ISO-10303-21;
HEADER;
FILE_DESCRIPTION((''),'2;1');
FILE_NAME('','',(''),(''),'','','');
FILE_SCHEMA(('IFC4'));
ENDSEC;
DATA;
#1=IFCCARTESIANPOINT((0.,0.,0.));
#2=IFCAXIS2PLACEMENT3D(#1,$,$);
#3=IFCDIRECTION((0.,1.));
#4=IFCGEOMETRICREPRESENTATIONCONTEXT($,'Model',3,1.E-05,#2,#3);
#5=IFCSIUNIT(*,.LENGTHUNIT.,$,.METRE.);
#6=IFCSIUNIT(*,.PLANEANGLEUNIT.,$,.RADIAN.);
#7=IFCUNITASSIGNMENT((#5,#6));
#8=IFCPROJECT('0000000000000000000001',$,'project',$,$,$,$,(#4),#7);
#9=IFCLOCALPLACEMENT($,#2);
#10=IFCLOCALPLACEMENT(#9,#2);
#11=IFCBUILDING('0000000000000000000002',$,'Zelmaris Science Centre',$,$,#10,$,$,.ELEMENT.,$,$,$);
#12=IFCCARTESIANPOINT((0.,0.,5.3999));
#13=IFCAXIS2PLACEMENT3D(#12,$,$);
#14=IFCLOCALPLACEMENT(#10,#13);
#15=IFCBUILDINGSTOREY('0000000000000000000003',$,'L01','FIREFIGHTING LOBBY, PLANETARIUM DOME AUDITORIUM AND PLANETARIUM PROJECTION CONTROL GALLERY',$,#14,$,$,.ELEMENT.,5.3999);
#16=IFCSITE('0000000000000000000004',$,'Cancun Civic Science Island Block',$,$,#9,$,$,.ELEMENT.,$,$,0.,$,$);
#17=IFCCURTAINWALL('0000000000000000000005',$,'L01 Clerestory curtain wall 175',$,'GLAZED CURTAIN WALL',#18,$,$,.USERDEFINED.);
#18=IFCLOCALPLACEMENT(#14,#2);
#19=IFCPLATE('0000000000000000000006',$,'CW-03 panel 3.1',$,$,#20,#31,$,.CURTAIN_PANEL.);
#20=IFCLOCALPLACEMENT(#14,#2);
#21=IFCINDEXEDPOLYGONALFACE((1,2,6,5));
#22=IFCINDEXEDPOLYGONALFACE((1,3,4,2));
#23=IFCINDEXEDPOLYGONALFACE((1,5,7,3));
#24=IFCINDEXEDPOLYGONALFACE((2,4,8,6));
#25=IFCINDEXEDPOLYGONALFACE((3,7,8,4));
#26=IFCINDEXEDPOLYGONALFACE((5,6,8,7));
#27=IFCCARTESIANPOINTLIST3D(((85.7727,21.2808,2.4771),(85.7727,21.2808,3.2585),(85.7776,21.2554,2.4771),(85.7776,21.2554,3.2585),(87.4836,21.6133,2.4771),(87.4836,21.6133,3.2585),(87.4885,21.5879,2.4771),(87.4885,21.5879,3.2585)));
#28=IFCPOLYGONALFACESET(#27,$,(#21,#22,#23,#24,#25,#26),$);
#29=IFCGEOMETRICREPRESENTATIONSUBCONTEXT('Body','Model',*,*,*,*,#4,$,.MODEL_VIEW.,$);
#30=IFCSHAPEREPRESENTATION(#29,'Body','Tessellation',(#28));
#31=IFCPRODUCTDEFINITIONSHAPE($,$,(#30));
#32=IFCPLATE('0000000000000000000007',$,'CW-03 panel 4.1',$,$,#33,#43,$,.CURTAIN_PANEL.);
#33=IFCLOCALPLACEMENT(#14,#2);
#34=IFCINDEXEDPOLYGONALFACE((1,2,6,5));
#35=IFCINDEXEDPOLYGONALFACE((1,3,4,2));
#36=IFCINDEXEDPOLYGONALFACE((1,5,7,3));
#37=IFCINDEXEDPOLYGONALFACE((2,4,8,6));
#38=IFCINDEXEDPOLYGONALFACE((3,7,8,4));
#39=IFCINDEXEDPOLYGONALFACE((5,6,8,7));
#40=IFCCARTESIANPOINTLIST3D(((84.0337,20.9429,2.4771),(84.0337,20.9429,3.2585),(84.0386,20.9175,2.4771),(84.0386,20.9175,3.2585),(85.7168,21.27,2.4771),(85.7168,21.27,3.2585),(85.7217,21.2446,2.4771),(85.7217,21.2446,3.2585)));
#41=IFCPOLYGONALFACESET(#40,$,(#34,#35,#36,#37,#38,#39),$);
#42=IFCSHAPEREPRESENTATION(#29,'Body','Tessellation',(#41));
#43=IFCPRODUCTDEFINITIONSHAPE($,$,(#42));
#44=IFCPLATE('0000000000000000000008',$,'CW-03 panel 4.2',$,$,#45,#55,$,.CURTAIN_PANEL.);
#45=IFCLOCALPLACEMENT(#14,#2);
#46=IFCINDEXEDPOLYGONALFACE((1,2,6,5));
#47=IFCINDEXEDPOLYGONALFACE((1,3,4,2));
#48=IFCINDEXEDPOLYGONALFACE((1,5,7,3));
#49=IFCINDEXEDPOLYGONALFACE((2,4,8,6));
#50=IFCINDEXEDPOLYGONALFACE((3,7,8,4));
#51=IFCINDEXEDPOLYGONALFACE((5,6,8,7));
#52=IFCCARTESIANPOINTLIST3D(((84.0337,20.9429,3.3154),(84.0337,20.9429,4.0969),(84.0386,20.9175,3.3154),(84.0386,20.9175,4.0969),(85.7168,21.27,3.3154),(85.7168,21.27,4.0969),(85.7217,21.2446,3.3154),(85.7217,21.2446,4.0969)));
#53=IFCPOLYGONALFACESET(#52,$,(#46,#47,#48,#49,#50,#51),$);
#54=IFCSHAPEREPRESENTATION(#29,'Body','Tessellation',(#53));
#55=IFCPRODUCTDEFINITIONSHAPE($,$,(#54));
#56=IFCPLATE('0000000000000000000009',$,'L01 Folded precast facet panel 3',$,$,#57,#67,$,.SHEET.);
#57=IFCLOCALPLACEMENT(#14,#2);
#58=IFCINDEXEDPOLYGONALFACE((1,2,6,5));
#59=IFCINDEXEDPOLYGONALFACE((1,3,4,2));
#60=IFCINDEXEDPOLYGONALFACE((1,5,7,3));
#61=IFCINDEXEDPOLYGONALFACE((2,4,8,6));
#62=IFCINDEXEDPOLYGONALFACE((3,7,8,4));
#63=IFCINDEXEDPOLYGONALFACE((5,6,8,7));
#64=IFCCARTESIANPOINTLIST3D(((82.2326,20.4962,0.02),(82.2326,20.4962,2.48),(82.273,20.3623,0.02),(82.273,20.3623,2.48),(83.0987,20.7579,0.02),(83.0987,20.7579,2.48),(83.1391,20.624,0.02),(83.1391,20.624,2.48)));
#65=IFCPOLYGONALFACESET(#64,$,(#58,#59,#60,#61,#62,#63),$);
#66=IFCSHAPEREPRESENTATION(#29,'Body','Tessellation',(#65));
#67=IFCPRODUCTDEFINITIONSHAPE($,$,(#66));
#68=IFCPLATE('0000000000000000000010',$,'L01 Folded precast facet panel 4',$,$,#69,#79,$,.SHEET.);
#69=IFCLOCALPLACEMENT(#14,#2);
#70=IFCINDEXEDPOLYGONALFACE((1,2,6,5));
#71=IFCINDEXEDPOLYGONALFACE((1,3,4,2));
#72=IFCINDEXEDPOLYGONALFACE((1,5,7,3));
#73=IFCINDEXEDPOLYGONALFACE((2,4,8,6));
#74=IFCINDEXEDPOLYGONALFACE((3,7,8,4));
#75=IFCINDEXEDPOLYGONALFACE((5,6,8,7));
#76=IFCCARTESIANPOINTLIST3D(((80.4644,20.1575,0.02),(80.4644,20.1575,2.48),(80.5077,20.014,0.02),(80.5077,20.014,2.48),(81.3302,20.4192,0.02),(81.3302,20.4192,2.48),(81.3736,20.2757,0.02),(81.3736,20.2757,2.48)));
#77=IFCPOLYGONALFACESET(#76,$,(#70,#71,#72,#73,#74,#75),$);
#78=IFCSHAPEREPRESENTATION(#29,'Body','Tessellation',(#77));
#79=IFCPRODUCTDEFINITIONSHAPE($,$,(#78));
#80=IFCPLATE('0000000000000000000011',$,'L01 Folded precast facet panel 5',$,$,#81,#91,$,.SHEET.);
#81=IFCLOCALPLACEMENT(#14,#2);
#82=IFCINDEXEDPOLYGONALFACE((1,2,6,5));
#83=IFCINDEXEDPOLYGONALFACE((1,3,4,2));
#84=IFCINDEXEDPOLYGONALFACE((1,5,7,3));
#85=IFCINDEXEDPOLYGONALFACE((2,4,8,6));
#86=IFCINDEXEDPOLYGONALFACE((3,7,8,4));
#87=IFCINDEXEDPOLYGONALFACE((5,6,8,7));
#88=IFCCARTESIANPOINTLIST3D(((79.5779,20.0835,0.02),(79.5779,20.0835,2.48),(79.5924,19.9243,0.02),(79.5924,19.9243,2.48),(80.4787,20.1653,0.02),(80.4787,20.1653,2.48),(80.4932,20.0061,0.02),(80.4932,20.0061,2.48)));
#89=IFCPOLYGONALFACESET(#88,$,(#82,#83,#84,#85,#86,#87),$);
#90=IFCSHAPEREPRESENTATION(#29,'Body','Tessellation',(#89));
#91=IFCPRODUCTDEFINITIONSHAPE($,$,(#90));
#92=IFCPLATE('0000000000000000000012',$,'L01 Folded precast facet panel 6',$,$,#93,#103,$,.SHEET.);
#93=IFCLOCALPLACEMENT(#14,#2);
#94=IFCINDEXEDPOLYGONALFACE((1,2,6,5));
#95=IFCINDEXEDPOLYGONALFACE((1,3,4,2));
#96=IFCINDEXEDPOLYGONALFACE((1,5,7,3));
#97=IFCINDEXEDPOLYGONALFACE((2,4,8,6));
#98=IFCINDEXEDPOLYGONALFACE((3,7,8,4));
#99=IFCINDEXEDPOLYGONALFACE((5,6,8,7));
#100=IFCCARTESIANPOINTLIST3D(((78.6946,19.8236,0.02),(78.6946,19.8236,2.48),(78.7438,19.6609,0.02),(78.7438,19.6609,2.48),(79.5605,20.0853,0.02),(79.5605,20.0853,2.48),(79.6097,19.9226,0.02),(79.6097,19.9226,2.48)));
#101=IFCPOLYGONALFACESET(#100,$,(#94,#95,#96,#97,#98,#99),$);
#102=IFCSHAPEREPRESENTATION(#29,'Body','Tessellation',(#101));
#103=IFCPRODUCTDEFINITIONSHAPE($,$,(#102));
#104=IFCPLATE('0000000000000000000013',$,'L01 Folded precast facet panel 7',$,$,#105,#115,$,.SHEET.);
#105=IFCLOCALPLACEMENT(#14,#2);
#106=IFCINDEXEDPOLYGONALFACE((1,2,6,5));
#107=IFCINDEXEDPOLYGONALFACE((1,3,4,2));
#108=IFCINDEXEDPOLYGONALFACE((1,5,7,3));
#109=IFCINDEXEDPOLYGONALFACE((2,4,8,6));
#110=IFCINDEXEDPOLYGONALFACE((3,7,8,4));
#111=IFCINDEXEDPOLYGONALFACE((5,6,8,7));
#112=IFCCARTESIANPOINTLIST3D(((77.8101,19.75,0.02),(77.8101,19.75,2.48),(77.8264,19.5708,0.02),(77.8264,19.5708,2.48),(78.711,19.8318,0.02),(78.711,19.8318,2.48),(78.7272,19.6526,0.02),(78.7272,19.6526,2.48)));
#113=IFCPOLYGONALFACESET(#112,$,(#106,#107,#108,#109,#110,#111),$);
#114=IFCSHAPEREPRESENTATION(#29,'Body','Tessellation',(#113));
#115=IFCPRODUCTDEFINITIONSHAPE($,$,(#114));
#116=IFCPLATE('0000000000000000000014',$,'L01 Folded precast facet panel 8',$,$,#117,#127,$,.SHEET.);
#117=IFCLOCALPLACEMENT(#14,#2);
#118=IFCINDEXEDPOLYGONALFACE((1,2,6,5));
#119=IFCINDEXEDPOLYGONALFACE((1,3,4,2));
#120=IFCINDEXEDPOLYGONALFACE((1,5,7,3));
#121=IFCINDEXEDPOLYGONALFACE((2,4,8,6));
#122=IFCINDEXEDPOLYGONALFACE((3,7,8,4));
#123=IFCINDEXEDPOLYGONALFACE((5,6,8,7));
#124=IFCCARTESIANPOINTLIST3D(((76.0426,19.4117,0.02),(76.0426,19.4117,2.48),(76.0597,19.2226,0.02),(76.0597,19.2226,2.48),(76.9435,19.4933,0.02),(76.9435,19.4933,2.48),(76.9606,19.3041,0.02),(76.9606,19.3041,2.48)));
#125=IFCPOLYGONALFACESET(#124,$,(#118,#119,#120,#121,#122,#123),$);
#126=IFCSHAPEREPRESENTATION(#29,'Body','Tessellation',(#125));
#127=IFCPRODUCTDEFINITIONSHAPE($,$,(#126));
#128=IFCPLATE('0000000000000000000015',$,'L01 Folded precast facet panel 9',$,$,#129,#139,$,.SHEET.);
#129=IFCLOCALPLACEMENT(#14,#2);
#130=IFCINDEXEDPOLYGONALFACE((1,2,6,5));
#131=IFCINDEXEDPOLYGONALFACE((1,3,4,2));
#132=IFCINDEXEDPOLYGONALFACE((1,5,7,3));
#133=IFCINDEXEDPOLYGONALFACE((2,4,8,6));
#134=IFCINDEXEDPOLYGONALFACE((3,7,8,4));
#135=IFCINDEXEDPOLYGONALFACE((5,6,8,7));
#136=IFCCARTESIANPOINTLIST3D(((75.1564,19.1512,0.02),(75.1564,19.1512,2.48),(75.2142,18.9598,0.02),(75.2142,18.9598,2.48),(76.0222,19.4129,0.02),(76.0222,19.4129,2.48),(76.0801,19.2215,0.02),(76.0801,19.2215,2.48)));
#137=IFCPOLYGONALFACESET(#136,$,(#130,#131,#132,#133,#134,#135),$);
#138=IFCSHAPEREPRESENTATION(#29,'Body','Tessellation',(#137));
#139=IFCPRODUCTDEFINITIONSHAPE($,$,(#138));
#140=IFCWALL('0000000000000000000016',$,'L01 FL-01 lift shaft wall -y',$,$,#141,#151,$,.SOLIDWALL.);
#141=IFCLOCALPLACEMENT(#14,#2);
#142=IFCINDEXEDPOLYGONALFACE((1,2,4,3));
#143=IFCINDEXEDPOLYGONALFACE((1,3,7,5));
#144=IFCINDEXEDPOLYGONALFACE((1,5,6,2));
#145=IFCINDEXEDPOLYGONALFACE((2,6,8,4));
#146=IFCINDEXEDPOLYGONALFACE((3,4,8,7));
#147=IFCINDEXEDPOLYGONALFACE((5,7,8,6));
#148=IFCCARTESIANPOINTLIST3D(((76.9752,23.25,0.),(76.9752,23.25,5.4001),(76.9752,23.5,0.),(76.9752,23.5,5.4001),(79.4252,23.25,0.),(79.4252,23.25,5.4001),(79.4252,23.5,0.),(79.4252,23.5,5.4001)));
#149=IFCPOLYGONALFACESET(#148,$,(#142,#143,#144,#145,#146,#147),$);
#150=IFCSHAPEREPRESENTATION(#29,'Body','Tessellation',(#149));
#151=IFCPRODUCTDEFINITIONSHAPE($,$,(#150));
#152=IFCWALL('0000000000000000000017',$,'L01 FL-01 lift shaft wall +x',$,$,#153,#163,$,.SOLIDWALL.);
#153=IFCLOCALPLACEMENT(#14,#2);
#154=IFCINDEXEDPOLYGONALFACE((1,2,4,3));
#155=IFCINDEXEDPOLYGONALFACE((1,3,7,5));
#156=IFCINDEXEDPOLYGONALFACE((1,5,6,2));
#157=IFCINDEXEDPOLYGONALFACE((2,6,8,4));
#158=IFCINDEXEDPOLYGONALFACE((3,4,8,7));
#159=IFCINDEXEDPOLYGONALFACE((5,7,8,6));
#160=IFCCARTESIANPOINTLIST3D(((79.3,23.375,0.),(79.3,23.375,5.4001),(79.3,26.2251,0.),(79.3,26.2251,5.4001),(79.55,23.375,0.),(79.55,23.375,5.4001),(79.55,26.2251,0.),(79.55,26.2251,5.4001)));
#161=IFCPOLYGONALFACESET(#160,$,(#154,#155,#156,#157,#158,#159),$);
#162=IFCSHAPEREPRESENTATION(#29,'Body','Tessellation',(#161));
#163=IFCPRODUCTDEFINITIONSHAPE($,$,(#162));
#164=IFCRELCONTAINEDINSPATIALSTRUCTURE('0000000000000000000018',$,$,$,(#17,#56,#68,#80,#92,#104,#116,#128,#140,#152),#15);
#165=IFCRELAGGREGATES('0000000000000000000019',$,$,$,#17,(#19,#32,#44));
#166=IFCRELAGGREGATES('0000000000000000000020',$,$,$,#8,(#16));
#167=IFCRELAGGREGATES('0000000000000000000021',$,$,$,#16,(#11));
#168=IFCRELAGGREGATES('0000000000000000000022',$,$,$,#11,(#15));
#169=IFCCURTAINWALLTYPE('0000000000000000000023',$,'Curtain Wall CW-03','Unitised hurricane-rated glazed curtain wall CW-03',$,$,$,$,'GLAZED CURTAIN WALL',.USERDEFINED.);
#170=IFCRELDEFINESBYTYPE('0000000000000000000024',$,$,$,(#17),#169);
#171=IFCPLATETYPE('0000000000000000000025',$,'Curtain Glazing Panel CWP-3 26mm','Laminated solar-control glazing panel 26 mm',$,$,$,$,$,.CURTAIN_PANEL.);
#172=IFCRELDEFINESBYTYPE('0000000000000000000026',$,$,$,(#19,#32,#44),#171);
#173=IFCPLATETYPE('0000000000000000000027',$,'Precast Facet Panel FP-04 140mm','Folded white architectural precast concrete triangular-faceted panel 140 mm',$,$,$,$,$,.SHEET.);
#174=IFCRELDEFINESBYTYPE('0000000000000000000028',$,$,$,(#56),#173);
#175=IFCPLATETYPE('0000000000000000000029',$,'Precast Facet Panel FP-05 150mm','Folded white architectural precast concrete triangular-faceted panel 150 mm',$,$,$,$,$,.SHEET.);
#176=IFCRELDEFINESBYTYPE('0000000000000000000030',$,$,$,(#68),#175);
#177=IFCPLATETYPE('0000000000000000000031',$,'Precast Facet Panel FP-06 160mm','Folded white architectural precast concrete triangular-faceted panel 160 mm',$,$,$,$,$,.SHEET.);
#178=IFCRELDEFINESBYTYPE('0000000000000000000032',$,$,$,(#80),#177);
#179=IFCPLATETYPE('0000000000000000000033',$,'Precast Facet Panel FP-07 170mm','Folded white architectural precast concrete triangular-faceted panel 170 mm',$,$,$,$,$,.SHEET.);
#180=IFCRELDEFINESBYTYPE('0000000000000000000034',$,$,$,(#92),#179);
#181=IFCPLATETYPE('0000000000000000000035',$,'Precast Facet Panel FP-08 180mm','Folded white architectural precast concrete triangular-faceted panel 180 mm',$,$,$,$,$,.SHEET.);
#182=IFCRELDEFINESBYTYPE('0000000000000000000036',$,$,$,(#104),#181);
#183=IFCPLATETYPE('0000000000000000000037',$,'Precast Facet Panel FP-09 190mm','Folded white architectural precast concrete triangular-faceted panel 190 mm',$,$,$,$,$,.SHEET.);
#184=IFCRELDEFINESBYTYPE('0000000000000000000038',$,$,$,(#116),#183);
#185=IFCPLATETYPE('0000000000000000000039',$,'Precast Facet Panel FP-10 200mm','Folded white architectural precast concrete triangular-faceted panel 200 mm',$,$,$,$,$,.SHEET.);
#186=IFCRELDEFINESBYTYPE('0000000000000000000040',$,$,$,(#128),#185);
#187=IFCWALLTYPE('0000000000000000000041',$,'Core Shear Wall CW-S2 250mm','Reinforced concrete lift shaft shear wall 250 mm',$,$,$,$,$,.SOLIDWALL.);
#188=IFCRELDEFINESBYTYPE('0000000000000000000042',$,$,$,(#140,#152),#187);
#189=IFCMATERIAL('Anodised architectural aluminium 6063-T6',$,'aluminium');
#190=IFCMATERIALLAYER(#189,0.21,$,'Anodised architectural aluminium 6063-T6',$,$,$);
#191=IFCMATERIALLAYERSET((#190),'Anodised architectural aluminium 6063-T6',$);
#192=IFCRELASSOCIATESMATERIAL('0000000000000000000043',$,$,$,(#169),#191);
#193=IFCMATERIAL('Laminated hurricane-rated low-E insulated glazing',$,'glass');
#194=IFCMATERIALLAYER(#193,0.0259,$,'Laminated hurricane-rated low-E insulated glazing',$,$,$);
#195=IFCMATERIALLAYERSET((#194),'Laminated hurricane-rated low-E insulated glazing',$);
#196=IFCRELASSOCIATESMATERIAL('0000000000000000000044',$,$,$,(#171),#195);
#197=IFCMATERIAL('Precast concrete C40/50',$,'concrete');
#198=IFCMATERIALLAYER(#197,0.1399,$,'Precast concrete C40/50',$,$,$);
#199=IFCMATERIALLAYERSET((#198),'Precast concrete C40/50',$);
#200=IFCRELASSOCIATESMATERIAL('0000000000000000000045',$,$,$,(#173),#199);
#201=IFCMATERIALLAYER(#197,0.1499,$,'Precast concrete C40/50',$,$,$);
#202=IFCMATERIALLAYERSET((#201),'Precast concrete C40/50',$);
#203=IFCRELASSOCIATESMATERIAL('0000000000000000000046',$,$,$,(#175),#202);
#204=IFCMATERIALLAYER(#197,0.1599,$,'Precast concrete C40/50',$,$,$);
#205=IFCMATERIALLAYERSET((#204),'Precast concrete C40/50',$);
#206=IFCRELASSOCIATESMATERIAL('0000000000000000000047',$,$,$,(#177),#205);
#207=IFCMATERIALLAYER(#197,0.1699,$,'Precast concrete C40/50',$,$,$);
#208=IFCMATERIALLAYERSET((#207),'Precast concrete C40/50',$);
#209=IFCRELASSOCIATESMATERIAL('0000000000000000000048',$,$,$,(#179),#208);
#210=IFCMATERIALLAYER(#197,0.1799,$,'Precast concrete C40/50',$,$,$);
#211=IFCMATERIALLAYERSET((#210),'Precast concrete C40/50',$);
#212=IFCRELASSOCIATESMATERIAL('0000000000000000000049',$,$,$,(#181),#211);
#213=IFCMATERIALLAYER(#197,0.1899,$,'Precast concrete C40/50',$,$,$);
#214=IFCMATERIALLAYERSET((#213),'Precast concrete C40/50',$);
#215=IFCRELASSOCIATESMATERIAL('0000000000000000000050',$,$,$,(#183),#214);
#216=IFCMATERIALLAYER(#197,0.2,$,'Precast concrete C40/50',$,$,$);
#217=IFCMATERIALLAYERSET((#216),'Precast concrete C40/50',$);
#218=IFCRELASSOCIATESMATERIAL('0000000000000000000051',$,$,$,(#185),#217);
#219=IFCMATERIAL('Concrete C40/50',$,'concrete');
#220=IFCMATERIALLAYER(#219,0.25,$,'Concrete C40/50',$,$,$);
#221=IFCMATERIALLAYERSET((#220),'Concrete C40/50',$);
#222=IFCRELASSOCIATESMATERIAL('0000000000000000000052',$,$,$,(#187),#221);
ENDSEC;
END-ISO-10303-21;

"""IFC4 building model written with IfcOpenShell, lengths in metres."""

from ifc_helpers import new_model, si_unit, direction, frame, frame_2d, origin, origin_2d, place, context, subcontext, project, spatial, rectangle, extrude, material, layer, layer_set, type_object, element, aggregate, save


model = new_model("IFC4")

# Units and contexts
model_context = context("Model", 3, precision=1e-05, world=origin(), true_north=direction((0.0, 1.0)))
body_context = subcontext(model_context, "Body", "Model", "MODEL_VIEW")
ifc_project = project(units=[si_unit("LENGTHUNIT", "METRE"), si_unit("PLANEANGLEUNIT", "RADIAN")], contexts=[model_context])

# Site, building, storey
site_placement = place(None, origin())
site = spatial("IfcSite", under=ifc_project, at=site_placement, Name="Cancun Civic Science Island Block", CompositionType="ELEMENT", RefElevation=0.0)
building_placement = place(site_placement, origin())
building = spatial("IfcBuilding", under=site, at=building_placement, Name="Zelmaris Science Centre", CompositionType="ELEMENT")
storey_placement = place(building_placement, frame((0.0, 0.0, 5.3999)))
storey = spatial("IfcBuildingStorey", under=building, at=storey_placement, Name="L01", Description="FIREFIGHTING LOBBY, PLANETARIUM DOME AUDITORIUM AND PLANETARIUM PROJECTION CONTROL GALLERY", CompositionType="ELEMENT", Elevation=5.3999)

# Curtain wall
ifc_material_1 = material(Name="Anodised architectural aluminium 6063-T6", Category="aluminium")
ifc_layer_1 = layer(ifc_material_1, 0.21, Name="Anodised architectural aluminium 6063-T6")
ifc_layer_set_1 = layer_set([ifc_layer_1], Name="Anodised architectural aluminium 6063-T6")
curtain_wall_type = type_object("IfcCurtainWallType", Name="Curtain Wall CW-03", Description="Unitised hurricane-rated glazed curtain wall CW-03", ElementType="GLAZED CURTAIN WALL", PredefinedType="USERDEFINED", material=ifc_layer_set_1)
curtain_wall_placement = place(storey_placement, origin())
curtain_wall = element("IfcCurtainWall", 1, at=curtain_wall_placement, inside=storey, type_object=curtain_wall_type, Name="L01 Clerestory curtain wall 175", ObjectType="GLAZED CURTAIN WALL", PredefinedType="USERDEFINED")

# Plates
ifc_material_2 = material(Name="Laminated hurricane-rated low-E insulated glazing", Category="glass")
ifc_layer_2 = layer(ifc_material_2, 0.0259, Name="Laminated hurricane-rated low-E insulated glazing")
ifc_layer_set_2 = layer_set([ifc_layer_2], Name="Laminated hurricane-rated low-E insulated glazing")
plate_type_1 = type_object("IfcPlateType", Name="Curtain Glazing Panel CWP-3 26mm", Description="Laminated solar-control glazing panel 26 mm", PredefinedType="CURTAIN_PANEL", material=ifc_layer_set_2)
plate_1_placement = place(storey_placement, frame((86.6306, 21.4343, 2.4771), z_axis=(0.0, 0.0, 1.0), x_axis=(-0.981631, -0.190792, 0.0)))
plate_1 = element("IfcPlate", 2, at=plate_1_placement, type_object=plate_type_1, Name="CW-03 panel 3.1", PredefinedType="CURTAIN_PANEL", context=body_context, shape_type="SweptSolid", body=[
    extrude(rectangle(XDim=1.7429, YDim=0.0259, at=origin_2d()), origin(), (0.0, 0.0, 1.0), 0.7815),
])
plate_2_placement = place(storey_placement, frame((84.8777, 21.0938, 2.4771), z_axis=(0.0, 0.0, 1.0), x_axis=(-0.981631, -0.190792, 0.0)))
plate_2 = element("IfcPlate", 3, at=plate_2_placement, type_object=plate_type_1, Name="CW-03 panel 4.1", PredefinedType="CURTAIN_PANEL", context=body_context, shape_type="SweptSolid", body=[
    extrude(rectangle(XDim=1.7146, YDim=0.0259, at=origin_2d()), origin(), (0.0, 0.0, 1.0), 0.7815),
])
plate_3_placement = place(storey_placement, frame((84.8777, 21.0938, 3.3154), z_axis=(0.0, 0.0, 1.0), x_axis=(-0.981631, -0.190792, 0.0)))
plate_3 = element("IfcPlate", 4, at=plate_3_placement, type_object=plate_type_1, Name="CW-03 panel 4.2", PredefinedType="CURTAIN_PANEL", context=body_context, shape_type="SweptSolid", body=[
    extrude(rectangle(XDim=1.7146, YDim=0.0259, at=origin_2d()), origin(), (0.0, 0.0, 1.0), 0.7815),
])
aggregate(curtain_wall, [plate_1, plate_2, plate_3])

# Plates
ifc_material_3 = material(Name="Precast concrete C40/50", Category="concrete")
ifc_layer_3 = layer(ifc_material_3, 0.1399, Name="Precast concrete C40/50")
ifc_layer_set_3 = layer_set([ifc_layer_3], Name="Precast concrete C40/50")
plate_type_2 = type_object("IfcPlateType", Name="Precast Facet Panel FP-04 140mm", Description="Folded white architectural precast concrete triangular-faceted panel 140 mm", PredefinedType="SHEET", material=ifc_layer_set_3)
plate_4_placement = place(storey_placement, frame((83.1189, 20.6909, 0.02), z_axis=(0.0, 0.0, 1.0), x_axis=(-0.95726, -0.289229, 0.0)))
element("IfcPlate", 5, at=plate_4_placement, inside=storey, type_object=plate_type_2, Name="L01 Folded precast facet panel 3", PredefinedType="SHEET", context=body_context, shape_type="SweptSolid", body=[
    extrude(rectangle(XDim=0.9048, YDim=0.1399, at=frame_2d((0.4524, 0.0))), origin(), (0.0, 0.0, 1.0), 2.46),
])
ifc_layer_4 = layer(ifc_material_3, 0.1499, Name="Precast concrete C40/50")
ifc_layer_set_4 = layer_set([ifc_layer_4], Name="Precast concrete C40/50")
plate_type_3 = type_object("IfcPlateType", Name="Precast Facet Panel FP-05 150mm", Description="Folded white architectural precast concrete triangular-faceted panel 150 mm", PredefinedType="SHEET", material=ifc_layer_set_4)
plate_5_placement = place(storey_placement, frame((81.3518, 20.3474, 0.02), z_axis=(0.0, 0.0, 1.0), x_axis=(-0.957238, -0.289303, 0.0)))
element("IfcPlate", 6, at=plate_5_placement, inside=storey, type_object=plate_type_3, Name="L01 Folded precast facet panel 4", PredefinedType="SHEET", context=body_context, shape_type="SweptSolid", body=[
    extrude(rectangle(XDim=0.9045, YDim=0.1499, at=frame_2d((0.4521, 0.0))), origin(), (0.0, 0.0, 1.0), 2.46),
])
ifc_layer_5 = layer(ifc_material_3, 0.1599, Name="Precast concrete C40/50")
ifc_layer_set_5 = layer_set([ifc_layer_5], Name="Precast concrete C40/50")
plate_type_4 = type_object("IfcPlateType", Name="Precast Facet Panel FP-06 160mm", Description="Folded white architectural precast concrete triangular-faceted panel 160 mm", PredefinedType="SHEET", material=ifc_layer_set_5)
plate_6_placement = place(storey_placement, frame((80.4858, 20.0857, 0.02), z_axis=(0.0, 0.0, 1.0), x_axis=(-0.995904, -0.090414, 0.0)))
element("IfcPlate", 7, at=plate_6_placement, inside=storey, type_object=plate_type_4, Name="L01 Folded precast facet panel 5", PredefinedType="SHEET", context=body_context, shape_type="SweptSolid", body=[
    extrude(rectangle(XDim=0.9045, YDim=0.1599, at=frame_2d((0.4521, 0.0))), origin(), (0.0, 0.0, 1.0), 2.46),
])
ifc_layer_6 = layer(ifc_material_3, 0.1699, Name="Precast concrete C40/50")
ifc_layer_set_6 = layer_set([ifc_layer_6], Name="Precast concrete C40/50")
plate_type_5 = type_object("IfcPlateType", Name="Precast Facet Panel FP-07 170mm", Description="Folded white architectural precast concrete triangular-faceted panel 170 mm", PredefinedType="SHEET", material=ifc_layer_set_6)
plate_7_placement = place(storey_placement, frame((79.585, 20.0039, 0.02), z_axis=(0.0, 0.0, 1.0), x_axis=(-0.957238, -0.289303, 0.0)))
element("IfcPlate", 8, at=plate_7_placement, inside=storey, type_object=plate_type_5, Name="L01 Folded precast facet panel 6", PredefinedType="SHEET", context=body_context, shape_type="SweptSolid", body=[
    extrude(rectangle(XDim=0.9045, YDim=0.1699, at=frame_2d((0.4521, 0.0))), origin(), (0.0, 0.0, 1.0), 2.46),
])
ifc_layer_7 = layer(ifc_material_3, 0.1799, Name="Precast concrete C40/50")
ifc_layer_set_7 = layer_set([ifc_layer_7], Name="Precast concrete C40/50")
plate_type_6 = type_object("IfcPlateType", Name="Precast Facet Panel FP-08 180mm", Description="Folded white architectural precast concrete triangular-faceted panel 180 mm", PredefinedType="SHEET", material=ifc_layer_set_7)
plate_8_placement = place(storey_placement, frame((78.719, 19.7422, 0.02), z_axis=(0.0, 0.0, 1.0), x_axis=(-0.995904, -0.090414, 0.0)))
element("IfcPlate", 9, at=plate_8_placement, inside=storey, type_object=plate_type_6, Name="L01 Folded precast facet panel 7", PredefinedType="SHEET", context=body_context, shape_type="SweptSolid", body=[
    extrude(rectangle(XDim=0.9045, YDim=0.1799, at=frame_2d((0.4521, 0.0))), origin(), (0.0, 0.0, 1.0), 2.46),
])
ifc_layer_8 = layer(ifc_material_3, 0.1899, Name="Precast concrete C40/50")
ifc_layer_set_8 = layer_set([ifc_layer_8], Name="Precast concrete C40/50")
plate_type_7 = type_object("IfcPlateType", Name="Precast Facet Panel FP-09 190mm", Description="Folded white architectural precast concrete triangular-faceted panel 190 mm", PredefinedType="SHEET", material=ifc_layer_set_8)
plate_9_placement = place(storey_placement, frame((76.9519, 19.3987, 0.02), z_axis=(0.0, 0.0, 1.0), x_axis=(-0.995929, -0.090146, 0.0)))
element("IfcPlate", 10, at=plate_9_placement, inside=storey, type_object=plate_type_7, Name="L01 Folded precast facet panel 8", PredefinedType="SHEET", context=body_context, shape_type="SweptSolid", body=[
    extrude(rectangle(XDim=0.9045, YDim=0.1899, at=frame_2d((0.4521, 0.0))), origin(), (0.0, 0.0, 1.0), 2.46),
])
ifc_layer_9 = layer(ifc_material_3, 0.2, Name="Precast concrete C40/50")
ifc_layer_set_9 = layer_set([ifc_layer_9], Name="Precast concrete C40/50")
plate_type_8 = type_object("IfcPlateType", Name="Precast Facet Panel FP-10 200mm", Description="Folded white architectural precast concrete triangular-faceted panel 200 mm", PredefinedType="SHEET", material=ifc_layer_set_9)
plate_10_placement = place(storey_placement, frame((76.051, 19.3171, 0.02), z_axis=(0.0, 0.0, 1.0), x_axis=(-0.957238, -0.289303, 0.0)))
element("IfcPlate", 11, at=plate_10_placement, inside=storey, type_object=plate_type_8, Name="L01 Folded precast facet panel 9", PredefinedType="SHEET", context=body_context, shape_type="SweptSolid", body=[
    extrude(rectangle(XDim=0.9045, YDim=0.2, at=frame_2d((0.4521, 0.0))), origin(), (0.0, 0.0, 1.0), 2.46),
])

# Walls
ifc_material_4 = material(Name="Concrete C40/50", Category="concrete")
ifc_layer_10 = layer(ifc_material_4, 0.25, Name="Concrete C40/50")
ifc_layer_set_10 = layer_set([ifc_layer_10], Name="Concrete C40/50")
wall_type = type_object("IfcWallType", Name="Core Shear Wall CW-S2 250mm", Description="Reinforced concrete lift shaft shear wall 250 mm", PredefinedType="SOLIDWALL", material=ifc_layer_set_10)
wall_1_placement = place(storey_placement, frame((76.9751, 23.375, 0.0), z_axis=(0.0, 0.0, 1.0), x_axis=(1.0, 0.0, 0.0)))
element("IfcWall", 12, at=wall_1_placement, inside=storey, type_object=wall_type, Name="L01 FL-01 lift shaft wall -y", PredefinedType="SOLIDWALL", context=body_context, shape_type="SweptSolid", body=[
    extrude(rectangle(XDim=2.45, YDim=0.25, at=frame_2d((1.2251, 0.0))), origin(), (0.0, 0.0, 1.0), 5.4001),
])
wall_2_placement = place(storey_placement, frame((79.425, 23.375, 0.0), z_axis=(0.0, 0.0, 1.0), x_axis=(0.0, 1.0, 0.0)))
element("IfcWall", 13, at=wall_2_placement, inside=storey, type_object=wall_type, Name="L01 FL-01 lift shaft wall +x", PredefinedType="SOLIDWALL", context=body_context, shape_type="SweptSolid", body=[
    extrude(rectangle(XDim=2.8501, YDim=0.25, at=frame_2d((1.425, 0.0))), origin(), (0.0, 0.0, 1.0), 5.4001),
])

save(model, "model.ifc")
